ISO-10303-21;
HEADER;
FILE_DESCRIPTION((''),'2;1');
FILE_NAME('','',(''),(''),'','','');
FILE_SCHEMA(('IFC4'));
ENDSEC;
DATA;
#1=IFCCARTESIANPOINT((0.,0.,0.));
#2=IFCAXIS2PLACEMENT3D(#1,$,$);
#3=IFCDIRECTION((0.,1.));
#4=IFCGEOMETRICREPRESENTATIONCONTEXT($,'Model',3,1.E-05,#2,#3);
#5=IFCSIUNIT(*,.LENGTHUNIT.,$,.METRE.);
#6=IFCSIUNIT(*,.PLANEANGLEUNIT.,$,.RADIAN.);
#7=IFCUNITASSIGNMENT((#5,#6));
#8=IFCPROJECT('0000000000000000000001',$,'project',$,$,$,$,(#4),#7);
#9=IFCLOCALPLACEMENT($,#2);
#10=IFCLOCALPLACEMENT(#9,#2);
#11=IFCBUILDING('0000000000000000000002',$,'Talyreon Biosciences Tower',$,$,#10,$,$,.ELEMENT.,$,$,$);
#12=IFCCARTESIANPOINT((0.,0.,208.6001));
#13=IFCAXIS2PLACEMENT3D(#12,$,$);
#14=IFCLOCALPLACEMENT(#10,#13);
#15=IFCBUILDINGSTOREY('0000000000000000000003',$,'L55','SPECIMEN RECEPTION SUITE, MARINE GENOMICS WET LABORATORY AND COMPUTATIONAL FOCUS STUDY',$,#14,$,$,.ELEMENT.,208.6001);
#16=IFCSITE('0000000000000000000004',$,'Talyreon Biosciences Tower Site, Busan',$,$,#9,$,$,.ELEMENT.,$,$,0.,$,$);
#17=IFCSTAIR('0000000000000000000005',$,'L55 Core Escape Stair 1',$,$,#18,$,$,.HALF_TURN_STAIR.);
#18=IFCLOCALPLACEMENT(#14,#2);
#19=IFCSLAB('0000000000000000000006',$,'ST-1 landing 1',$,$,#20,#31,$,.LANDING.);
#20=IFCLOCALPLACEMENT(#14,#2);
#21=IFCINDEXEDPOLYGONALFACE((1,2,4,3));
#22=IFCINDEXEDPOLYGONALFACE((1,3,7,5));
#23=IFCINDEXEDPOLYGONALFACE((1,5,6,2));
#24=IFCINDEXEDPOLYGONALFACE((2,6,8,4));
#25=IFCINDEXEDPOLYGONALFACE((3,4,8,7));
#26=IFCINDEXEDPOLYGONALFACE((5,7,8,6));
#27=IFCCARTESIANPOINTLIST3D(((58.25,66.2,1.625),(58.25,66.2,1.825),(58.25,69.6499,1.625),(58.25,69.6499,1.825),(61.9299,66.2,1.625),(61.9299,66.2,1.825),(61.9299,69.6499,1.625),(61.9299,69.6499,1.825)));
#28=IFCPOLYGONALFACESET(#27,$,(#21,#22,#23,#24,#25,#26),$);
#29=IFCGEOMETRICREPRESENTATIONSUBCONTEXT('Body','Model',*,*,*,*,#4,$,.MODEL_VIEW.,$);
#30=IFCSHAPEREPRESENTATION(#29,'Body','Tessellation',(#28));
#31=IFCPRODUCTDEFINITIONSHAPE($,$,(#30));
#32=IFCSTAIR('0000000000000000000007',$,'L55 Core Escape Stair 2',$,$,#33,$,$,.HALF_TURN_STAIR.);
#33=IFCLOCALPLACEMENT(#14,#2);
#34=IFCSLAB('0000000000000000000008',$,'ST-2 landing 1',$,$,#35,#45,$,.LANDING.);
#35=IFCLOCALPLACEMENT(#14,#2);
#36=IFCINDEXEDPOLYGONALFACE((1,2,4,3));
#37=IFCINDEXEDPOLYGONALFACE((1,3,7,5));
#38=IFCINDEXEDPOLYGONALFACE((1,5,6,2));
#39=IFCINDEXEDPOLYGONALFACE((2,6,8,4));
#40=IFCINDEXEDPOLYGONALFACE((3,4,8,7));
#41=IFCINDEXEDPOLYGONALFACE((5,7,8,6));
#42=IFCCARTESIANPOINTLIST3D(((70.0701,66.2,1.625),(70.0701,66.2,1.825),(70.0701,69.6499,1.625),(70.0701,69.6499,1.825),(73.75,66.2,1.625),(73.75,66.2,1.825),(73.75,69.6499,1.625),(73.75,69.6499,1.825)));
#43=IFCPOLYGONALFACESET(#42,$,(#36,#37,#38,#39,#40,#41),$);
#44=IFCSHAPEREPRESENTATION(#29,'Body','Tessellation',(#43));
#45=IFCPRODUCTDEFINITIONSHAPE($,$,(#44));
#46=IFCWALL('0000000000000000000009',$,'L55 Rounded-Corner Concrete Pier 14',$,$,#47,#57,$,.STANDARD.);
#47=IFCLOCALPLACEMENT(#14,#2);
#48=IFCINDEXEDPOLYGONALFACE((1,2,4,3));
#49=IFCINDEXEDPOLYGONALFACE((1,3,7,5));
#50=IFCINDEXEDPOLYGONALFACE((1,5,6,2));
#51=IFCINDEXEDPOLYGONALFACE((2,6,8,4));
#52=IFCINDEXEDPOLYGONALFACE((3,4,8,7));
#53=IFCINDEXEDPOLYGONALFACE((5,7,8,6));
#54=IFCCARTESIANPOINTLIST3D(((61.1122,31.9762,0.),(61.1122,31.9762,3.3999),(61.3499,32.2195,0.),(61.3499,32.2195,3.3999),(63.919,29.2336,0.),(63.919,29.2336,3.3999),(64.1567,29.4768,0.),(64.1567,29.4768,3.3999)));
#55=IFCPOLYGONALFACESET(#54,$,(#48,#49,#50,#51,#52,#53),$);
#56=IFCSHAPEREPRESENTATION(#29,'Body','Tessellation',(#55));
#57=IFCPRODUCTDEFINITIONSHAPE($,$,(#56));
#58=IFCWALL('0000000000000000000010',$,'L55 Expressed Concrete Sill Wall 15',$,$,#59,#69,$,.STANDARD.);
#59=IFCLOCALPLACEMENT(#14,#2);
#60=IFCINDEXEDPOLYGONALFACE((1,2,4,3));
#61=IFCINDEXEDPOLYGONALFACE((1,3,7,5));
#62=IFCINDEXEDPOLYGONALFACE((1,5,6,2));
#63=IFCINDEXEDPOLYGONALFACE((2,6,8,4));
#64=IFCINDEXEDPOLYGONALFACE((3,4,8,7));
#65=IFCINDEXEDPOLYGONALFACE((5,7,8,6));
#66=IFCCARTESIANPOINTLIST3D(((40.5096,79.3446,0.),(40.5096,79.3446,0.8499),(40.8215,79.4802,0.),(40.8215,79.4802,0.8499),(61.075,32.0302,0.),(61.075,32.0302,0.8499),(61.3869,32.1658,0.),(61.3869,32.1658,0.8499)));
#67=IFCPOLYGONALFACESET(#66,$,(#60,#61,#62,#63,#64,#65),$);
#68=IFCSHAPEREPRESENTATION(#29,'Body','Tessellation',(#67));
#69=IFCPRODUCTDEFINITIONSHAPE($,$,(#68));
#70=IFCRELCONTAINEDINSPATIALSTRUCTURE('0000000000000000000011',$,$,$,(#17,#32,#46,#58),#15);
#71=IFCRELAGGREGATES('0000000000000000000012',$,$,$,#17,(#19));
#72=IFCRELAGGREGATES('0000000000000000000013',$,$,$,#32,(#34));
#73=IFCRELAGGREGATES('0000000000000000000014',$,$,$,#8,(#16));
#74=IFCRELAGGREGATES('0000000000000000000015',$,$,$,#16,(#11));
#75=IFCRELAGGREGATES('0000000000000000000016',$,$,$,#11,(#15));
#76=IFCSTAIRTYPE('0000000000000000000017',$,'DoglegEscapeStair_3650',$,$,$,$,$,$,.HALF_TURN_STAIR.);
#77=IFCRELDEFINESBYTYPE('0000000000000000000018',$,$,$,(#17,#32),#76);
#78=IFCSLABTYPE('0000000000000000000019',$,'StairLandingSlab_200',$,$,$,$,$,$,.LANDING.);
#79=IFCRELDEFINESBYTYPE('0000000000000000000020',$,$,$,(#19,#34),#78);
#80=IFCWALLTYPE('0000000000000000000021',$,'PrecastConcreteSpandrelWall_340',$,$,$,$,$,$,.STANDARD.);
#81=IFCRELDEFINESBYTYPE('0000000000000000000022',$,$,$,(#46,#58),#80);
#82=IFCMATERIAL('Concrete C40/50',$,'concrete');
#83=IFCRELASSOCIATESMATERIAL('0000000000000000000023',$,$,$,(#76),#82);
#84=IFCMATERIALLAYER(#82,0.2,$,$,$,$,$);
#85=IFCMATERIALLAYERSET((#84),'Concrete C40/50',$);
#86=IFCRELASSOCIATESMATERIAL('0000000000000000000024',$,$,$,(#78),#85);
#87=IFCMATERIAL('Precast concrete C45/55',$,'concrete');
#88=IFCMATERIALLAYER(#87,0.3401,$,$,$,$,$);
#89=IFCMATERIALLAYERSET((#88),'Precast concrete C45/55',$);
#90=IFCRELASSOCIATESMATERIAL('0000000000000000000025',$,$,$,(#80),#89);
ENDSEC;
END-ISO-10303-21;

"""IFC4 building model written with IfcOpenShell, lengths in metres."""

from ifc_helpers import new_model, si_unit, direction, frame, frame_2d, origin, place, context, subcontext, project, spatial, polyline, rectangle, outline, extrude, material, layer, layer_set, type_object, element, aggregate, save


model = new_model("IFC4")

# Units and contexts
model_context = context("Model", 3, precision=1e-05, world=origin(), true_north=direction((0.0, 1.0)))
body_context = subcontext(model_context, "Body", "Model", "MODEL_VIEW")
ifc_project = project(units=[si_unit("LENGTHUNIT", "METRE"), si_unit("PLANEANGLEUNIT", "RADIAN")], contexts=[model_context])

# Site, building, storey
site_placement = place(None, origin())
site = spatial("IfcSite", under=ifc_project, at=site_placement, Name="Talyreon Biosciences Tower Site, Busan", CompositionType="ELEMENT", RefElevation=0.0)
building_placement = place(site_placement, origin())
building = spatial("IfcBuilding", under=site, at=building_placement, Name="Talyreon Biosciences Tower", CompositionType="ELEMENT")
storey_placement = place(building_placement, frame((0.0, 0.0, 208.6001)))
storey = spatial("IfcBuildingStorey", under=building, at=storey_placement, Name="L55", Description="SPECIMEN RECEPTION SUITE, MARINE GENOMICS WET LABORATORY AND COMPUTATIONAL FOCUS STUDY", CompositionType="ELEMENT", Elevation=208.6001)

# Shared definitions
ifc_material_1 = material(Name="Precast concrete C45/55", Category="concrete")

# Shared definitions
ifc_material_2 = material(Name="Concrete C40/50", Category="concrete")

# Stairs, slabs
stair_type = type_object("IfcStairType", Name="DoglegEscapeStair_3650", PredefinedType="HALF_TURN_STAIR", material=ifc_material_2)
stair_1_placement = place(storey_placement, origin())
stair_1 = element("IfcStair", 1, at=stair_1_placement, inside=storey, type_object=stair_type, Name="L55 Core Escape Stair 1", PredefinedType="HALF_TURN_STAIR")
ifc_layer_1 = layer(ifc_material_2, 0.2)
ifc_layer_set_1 = layer_set([ifc_layer_1], Name="Concrete C40/50")
slab_type_1 = type_object("IfcSlabType", Name="StairLandingSlab_200", PredefinedType="LANDING", material=ifc_layer_set_1)
slab_1_placement = place(storey_placement, frame((0.0, 0.0, 1.625)))
slab_1 = element("IfcSlab", 2, at=slab_1_placement, type_object=slab_type_1, Name="ST-1 landing 1", PredefinedType="LANDING", context=body_context, shape_type="SweptSolid", body=[
    extrude(outline(polyline([(61.9299, 66.2), (61.9299, 69.6499), (58.25, 69.6499), (58.25, 66.2), (61.9299, 66.2)])), origin(), (0.0, 0.0, 1.0), 0.2),
])
aggregate(stair_1, [slab_1])
stair_2_placement = place(storey_placement, origin())
stair_2 = element("IfcStair", 3, at=stair_2_placement, inside=storey, type_object=stair_type, Name="L55 Core Escape Stair 2", PredefinedType="HALF_TURN_STAIR")
slab_2_placement = place(storey_placement, frame((0.0, 0.0, 1.625)))
slab_2 = element("IfcSlab", 4, at=slab_2_placement, type_object=slab_type_1, Name="ST-2 landing 1", PredefinedType="LANDING", context=body_context, shape_type="SweptSolid", body=[
    extrude(outline(polyline([(73.75, 66.2), (73.75, 69.6499), (70.0701, 69.6499), (70.0701, 66.2), (73.75, 66.2)])), origin(), (0.0, 0.0, 1.0), 0.2),
])
aggregate(stair_2, [slab_2])

# Walls
ifc_layer_2 = layer(ifc_material_1, 0.3401)
ifc_layer_set_2 = layer_set([ifc_layer_2], Name="Precast concrete C45/55")
wall_type = type_object("IfcWallType", Name="PrecastConcreteSpandrelWall_340", PredefinedType="STANDARD", material=ifc_layer_set_2)
wall_1_placement = place(storey_placement, frame((64.0378, 29.3552, 0.0), z_axis=(0.0, 0.0, 1.0), x_axis=(-0.71524, 0.698879, 0.0)))
element("IfcWall", 5, at=wall_1_placement, inside=storey, type_object=wall_type, Name="L55 Rounded-Corner Concrete Pier 14", PredefinedType="STANDARD", context=body_context, shape_type="SweptSolid", body=[
    extrude(rectangle(XDim=3.9243, YDim=0.3401, at=frame_2d((1.9622, 0.0))), origin(), (0.0, 0.0, 1.0), 3.3999),
])
wall_2_placement = place(storey_placement, frame((61.231, 32.0979, 0.0), z_axis=(0.0, 0.0, 1.0), x_axis=(-0.398627, 0.917113, 0.0)))
element("IfcWall", 6, at=wall_2_placement, inside=storey, type_object=wall_type, Name="L55 Expressed Concrete Sill Wall 15", PredefinedType="STANDARD", context=body_context, shape_type="SweptSolid", body=[
    extrude(rectangle(XDim=51.5906, YDim=0.3401, at=frame_2d((25.7954, 0.0))), origin(), (0.0, 0.0, 1.0), 0.8499),
])

save(model, "model.ifc")
